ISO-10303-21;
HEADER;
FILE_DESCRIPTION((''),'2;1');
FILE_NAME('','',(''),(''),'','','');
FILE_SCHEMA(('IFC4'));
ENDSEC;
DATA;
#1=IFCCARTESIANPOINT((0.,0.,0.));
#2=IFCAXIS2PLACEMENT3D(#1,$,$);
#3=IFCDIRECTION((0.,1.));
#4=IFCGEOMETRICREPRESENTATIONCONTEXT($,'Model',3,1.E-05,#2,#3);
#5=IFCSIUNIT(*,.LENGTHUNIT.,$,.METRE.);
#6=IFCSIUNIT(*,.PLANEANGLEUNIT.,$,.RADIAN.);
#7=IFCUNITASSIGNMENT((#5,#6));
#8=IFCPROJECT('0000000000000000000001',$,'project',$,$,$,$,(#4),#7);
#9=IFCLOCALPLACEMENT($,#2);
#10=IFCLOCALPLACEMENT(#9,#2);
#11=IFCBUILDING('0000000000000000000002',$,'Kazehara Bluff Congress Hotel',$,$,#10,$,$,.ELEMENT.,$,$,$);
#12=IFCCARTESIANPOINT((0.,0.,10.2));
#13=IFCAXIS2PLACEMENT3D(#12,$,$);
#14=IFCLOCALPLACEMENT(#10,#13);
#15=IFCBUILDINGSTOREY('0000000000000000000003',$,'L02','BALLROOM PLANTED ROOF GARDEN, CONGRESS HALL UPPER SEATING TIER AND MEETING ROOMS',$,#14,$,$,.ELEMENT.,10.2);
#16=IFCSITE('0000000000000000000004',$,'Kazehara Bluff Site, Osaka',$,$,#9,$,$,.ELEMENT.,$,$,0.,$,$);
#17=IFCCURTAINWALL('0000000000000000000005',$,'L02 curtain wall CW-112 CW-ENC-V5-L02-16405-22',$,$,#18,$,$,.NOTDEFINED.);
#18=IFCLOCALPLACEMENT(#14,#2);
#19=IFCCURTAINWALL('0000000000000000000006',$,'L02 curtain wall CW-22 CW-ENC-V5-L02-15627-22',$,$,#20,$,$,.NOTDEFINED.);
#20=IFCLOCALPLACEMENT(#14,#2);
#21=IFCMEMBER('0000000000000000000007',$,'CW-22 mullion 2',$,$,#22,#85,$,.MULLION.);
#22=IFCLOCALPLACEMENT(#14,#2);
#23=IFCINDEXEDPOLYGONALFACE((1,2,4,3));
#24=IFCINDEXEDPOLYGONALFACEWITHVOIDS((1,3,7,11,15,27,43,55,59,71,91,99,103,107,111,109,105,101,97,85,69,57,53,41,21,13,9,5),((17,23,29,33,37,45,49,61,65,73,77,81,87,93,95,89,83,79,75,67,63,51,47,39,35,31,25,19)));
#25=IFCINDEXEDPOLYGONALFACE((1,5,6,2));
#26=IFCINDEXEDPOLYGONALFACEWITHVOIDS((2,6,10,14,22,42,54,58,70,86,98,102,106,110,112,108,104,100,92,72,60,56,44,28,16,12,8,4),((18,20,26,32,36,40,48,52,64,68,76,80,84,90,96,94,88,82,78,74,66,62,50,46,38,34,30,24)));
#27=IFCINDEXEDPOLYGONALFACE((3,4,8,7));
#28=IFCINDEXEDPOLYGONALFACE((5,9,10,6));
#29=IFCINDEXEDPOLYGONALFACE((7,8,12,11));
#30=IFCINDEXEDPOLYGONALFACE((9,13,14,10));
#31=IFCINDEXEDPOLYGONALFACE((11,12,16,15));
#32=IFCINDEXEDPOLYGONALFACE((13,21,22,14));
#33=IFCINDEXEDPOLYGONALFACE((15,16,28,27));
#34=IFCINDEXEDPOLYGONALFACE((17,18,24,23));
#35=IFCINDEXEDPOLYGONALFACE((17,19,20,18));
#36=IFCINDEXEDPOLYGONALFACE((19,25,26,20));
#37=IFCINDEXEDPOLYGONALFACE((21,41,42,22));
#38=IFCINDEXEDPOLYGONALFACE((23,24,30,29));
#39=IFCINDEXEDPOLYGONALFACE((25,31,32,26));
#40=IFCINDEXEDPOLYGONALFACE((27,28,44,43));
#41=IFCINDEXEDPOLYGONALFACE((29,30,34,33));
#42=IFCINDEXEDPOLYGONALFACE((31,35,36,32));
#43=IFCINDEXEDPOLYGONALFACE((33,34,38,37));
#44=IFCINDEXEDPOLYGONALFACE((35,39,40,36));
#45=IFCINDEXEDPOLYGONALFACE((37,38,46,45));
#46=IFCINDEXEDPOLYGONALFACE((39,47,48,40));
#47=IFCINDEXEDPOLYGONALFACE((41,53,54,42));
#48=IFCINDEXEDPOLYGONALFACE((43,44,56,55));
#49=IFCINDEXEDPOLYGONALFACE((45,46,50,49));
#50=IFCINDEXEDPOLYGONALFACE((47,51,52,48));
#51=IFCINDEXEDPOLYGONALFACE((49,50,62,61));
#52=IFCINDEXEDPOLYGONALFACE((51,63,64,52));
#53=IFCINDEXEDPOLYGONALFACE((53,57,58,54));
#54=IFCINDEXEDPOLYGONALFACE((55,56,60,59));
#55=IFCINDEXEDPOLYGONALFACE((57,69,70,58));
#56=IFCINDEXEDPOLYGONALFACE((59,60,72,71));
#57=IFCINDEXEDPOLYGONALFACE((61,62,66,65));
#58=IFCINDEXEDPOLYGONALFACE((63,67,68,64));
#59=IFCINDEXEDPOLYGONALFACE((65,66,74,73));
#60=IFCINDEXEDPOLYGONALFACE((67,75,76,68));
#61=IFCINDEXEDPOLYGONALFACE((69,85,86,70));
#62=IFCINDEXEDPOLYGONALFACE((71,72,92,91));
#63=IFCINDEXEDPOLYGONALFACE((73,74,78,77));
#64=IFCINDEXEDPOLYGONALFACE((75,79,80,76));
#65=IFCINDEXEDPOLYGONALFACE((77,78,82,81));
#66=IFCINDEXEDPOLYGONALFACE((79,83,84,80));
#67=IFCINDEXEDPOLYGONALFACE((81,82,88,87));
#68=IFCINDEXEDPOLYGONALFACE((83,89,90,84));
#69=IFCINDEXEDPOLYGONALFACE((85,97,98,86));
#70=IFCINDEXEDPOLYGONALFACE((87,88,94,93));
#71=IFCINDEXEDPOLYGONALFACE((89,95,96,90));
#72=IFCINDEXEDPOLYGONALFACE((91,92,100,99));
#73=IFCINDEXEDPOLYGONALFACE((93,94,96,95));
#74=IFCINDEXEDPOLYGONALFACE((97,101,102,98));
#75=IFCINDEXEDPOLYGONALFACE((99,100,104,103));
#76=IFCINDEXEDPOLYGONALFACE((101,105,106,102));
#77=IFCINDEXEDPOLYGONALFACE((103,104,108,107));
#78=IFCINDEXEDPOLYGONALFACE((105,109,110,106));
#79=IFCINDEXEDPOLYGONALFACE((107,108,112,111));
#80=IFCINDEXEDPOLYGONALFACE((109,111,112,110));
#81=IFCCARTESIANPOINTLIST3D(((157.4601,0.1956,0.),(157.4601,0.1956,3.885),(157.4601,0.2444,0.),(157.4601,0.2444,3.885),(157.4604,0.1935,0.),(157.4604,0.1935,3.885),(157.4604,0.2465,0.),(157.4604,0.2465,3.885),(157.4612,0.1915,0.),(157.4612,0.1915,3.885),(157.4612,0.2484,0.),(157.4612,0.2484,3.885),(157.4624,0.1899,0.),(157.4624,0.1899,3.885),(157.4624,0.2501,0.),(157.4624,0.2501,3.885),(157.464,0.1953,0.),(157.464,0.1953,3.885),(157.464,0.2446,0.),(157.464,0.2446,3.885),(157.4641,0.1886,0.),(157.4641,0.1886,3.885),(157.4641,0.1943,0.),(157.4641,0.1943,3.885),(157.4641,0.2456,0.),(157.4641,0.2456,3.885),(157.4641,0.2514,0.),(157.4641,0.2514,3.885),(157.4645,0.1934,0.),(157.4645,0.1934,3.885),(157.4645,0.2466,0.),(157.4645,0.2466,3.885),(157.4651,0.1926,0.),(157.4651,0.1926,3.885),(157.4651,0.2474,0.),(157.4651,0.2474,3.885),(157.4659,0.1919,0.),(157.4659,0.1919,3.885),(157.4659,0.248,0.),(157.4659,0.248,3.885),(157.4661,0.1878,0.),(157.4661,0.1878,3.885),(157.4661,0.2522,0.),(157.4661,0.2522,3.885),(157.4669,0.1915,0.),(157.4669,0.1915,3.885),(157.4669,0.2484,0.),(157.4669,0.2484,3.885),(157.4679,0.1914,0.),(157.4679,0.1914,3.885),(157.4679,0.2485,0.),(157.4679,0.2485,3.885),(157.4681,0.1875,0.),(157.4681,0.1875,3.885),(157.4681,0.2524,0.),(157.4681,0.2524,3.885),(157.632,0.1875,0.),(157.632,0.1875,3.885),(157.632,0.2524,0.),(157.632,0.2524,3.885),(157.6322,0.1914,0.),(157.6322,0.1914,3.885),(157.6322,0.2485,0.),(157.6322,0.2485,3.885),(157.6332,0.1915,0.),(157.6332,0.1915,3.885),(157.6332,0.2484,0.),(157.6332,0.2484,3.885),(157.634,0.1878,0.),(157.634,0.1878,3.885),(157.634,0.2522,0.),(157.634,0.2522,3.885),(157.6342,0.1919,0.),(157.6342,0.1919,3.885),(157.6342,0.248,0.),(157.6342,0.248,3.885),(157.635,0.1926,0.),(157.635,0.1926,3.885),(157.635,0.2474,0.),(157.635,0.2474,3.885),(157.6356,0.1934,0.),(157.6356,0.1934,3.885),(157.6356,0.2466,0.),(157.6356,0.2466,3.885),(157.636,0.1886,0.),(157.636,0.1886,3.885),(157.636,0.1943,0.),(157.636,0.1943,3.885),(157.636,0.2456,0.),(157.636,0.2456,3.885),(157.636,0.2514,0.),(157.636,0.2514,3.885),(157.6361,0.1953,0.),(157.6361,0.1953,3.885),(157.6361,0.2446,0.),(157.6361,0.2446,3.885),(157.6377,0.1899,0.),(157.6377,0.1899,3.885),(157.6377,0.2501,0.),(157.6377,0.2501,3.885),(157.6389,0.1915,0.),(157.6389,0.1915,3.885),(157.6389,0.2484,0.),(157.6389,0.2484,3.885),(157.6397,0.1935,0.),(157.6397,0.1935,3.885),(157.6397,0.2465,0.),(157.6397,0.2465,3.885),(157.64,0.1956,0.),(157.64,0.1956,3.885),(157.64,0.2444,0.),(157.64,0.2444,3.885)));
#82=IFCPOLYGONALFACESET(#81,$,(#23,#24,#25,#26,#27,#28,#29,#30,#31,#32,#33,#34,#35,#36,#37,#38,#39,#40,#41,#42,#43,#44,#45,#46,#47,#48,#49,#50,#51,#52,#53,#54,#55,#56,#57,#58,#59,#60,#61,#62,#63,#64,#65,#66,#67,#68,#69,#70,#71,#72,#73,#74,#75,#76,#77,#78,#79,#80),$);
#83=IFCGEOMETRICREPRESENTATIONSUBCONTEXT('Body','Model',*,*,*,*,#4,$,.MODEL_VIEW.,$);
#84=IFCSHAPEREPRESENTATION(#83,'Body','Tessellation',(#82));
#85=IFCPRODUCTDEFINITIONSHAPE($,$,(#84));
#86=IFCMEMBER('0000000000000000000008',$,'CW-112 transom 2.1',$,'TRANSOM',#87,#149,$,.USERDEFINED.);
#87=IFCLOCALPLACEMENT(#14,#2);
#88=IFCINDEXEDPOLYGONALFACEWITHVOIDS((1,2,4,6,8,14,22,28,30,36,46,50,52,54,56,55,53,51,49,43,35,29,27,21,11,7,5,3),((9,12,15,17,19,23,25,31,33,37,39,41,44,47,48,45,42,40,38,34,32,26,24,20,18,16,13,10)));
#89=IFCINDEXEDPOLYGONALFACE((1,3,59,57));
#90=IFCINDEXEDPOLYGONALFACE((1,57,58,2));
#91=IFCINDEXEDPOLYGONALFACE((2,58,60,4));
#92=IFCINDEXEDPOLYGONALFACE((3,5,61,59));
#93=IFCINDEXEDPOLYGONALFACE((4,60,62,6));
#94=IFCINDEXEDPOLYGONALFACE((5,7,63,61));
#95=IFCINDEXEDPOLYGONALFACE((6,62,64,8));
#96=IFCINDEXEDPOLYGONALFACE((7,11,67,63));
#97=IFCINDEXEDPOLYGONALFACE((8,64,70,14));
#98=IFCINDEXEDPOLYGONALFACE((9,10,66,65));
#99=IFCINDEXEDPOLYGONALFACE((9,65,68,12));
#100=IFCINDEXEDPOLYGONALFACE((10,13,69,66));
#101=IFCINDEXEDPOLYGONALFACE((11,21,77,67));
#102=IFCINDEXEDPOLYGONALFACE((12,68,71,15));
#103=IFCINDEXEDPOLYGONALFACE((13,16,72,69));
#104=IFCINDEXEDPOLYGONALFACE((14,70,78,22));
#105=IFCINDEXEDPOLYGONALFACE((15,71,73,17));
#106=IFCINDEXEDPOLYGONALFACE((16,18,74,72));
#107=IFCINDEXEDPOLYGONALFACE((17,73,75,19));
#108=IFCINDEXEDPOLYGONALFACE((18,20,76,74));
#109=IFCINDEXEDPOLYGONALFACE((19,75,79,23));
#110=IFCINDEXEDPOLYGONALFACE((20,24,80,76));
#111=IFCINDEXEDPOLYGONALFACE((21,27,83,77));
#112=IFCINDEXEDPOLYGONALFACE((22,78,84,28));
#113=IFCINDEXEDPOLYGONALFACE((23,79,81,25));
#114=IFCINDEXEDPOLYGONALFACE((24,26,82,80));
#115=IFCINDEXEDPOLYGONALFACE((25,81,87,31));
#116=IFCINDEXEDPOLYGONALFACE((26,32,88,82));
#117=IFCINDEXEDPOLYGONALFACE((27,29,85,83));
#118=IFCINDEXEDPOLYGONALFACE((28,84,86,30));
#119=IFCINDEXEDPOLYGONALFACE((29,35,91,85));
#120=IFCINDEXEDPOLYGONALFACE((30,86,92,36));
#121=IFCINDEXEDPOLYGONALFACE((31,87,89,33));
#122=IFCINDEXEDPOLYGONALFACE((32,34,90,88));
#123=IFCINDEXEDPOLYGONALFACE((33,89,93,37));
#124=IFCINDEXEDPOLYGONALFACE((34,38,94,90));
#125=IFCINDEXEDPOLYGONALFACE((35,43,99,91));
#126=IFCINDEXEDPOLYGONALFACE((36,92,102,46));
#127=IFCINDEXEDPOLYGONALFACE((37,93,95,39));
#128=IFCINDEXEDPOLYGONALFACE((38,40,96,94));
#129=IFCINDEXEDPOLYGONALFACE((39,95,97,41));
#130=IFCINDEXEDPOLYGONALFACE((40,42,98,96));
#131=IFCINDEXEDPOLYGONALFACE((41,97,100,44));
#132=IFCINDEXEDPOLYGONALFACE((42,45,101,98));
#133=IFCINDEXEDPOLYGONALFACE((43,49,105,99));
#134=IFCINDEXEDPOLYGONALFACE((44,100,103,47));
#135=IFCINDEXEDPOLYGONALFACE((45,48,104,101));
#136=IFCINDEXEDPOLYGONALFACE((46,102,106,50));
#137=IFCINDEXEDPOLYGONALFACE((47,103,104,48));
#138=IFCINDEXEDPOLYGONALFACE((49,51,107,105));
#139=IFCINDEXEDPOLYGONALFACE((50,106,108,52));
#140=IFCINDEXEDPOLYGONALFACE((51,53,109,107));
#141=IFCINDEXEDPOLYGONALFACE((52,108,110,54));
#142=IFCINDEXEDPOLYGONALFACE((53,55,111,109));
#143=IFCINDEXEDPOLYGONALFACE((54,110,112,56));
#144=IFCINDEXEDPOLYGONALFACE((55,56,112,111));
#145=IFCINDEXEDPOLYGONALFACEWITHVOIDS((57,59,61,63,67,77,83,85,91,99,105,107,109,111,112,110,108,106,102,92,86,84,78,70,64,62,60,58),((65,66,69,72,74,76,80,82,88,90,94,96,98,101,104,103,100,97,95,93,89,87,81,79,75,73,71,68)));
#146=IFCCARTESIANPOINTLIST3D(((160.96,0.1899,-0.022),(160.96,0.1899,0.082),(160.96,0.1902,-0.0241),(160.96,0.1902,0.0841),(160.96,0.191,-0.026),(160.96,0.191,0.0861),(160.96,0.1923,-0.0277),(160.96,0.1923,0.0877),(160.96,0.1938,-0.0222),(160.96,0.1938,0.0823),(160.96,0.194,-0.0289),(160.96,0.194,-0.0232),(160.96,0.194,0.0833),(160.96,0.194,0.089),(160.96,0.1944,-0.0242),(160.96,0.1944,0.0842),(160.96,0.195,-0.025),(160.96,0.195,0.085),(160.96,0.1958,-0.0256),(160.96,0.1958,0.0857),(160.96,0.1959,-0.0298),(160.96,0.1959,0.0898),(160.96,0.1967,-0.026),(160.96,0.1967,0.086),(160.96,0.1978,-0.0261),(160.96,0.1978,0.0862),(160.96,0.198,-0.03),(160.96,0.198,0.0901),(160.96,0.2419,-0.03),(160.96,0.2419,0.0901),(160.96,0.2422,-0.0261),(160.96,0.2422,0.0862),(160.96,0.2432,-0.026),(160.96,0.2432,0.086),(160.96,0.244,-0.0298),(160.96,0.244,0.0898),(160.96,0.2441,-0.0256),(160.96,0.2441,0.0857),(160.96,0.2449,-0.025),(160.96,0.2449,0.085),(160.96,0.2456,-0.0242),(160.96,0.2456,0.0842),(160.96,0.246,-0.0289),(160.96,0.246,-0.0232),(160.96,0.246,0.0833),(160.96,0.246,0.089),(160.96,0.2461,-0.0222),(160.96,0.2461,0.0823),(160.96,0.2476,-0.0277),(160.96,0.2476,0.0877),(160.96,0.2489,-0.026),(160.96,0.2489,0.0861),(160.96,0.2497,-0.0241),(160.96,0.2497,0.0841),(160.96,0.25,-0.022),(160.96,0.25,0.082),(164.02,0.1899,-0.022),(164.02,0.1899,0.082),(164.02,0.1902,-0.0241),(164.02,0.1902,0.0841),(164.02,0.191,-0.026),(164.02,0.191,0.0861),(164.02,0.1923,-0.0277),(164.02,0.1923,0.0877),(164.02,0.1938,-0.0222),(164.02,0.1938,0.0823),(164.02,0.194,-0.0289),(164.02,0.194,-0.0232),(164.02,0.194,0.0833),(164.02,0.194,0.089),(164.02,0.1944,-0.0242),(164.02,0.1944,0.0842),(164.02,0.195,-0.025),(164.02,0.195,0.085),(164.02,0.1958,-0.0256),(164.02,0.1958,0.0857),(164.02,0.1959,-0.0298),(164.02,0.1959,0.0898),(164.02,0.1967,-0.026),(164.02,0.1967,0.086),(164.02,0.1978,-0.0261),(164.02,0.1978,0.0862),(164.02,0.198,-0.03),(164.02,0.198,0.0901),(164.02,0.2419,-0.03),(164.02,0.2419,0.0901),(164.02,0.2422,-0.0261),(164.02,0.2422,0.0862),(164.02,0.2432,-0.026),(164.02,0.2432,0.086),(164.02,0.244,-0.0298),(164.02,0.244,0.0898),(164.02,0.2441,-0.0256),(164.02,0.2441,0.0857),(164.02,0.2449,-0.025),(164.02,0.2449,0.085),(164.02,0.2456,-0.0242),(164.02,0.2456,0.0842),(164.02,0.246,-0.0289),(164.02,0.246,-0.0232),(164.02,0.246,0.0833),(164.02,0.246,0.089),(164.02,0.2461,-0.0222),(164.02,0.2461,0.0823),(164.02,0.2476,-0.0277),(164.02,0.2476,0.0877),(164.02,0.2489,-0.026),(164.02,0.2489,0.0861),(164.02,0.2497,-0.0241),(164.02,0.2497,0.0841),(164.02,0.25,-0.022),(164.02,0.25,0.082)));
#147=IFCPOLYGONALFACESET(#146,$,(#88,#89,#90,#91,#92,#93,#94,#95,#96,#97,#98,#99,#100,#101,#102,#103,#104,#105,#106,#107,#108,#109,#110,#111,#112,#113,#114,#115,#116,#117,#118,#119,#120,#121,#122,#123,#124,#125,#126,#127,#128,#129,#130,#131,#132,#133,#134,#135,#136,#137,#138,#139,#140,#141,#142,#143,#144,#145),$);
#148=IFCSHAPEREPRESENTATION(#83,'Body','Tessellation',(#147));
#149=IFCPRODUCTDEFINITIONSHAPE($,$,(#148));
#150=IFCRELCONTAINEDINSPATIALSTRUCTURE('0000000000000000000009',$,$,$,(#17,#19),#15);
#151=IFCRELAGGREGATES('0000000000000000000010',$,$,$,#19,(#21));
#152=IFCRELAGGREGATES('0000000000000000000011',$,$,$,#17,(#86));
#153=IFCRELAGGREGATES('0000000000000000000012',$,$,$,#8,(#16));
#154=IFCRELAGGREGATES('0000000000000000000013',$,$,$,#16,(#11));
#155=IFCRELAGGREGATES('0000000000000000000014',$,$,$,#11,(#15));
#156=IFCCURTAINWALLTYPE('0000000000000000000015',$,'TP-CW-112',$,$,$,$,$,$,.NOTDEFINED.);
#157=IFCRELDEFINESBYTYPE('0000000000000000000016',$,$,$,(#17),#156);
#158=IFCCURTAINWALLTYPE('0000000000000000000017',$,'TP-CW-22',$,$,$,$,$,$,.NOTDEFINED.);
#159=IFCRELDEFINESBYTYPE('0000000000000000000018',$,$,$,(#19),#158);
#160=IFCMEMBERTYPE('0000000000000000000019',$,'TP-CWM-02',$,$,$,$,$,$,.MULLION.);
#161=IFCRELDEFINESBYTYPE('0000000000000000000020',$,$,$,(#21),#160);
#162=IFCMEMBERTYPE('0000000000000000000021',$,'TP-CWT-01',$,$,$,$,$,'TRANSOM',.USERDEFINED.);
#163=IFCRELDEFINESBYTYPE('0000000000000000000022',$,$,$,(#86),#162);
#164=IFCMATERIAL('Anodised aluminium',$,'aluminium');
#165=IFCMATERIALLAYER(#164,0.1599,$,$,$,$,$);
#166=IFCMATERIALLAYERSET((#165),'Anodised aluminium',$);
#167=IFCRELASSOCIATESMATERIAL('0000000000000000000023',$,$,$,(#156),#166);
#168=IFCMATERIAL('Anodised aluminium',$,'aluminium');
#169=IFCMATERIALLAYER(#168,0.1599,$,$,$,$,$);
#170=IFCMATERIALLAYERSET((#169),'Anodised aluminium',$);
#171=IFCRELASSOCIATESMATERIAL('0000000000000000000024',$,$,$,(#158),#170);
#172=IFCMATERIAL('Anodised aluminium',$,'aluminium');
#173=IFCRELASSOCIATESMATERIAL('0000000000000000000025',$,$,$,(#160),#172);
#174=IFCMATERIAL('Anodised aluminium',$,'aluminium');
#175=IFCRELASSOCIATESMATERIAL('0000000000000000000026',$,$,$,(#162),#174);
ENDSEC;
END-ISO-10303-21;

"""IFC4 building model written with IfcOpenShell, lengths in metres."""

from ifc_helpers import new_model, si_unit, direction, frame, origin, origin_2d, place, context, subcontext, project, spatial, hollow_rectangle, extrude, material, layer, layer_set, material_profile, profile_set, type_object, element, aggregate, save


model = new_model("IFC4")

# Units and contexts
model_context = context("Model", 3, precision=1e-05, world=origin(), true_north=direction((0.0, 1.0)))
body_context = subcontext(model_context, "Body", "Model", "MODEL_VIEW")
ifc_project = project(units=[si_unit("LENGTHUNIT", "METRE"), si_unit("PLANEANGLEUNIT", "RADIAN")], contexts=[model_context])

# Site, building, storey
site_placement = place(None, origin())
site = spatial("IfcSite", under=ifc_project, at=site_placement, Name="Kazehara Bluff Site, Osaka", CompositionType="ELEMENT", RefElevation=0.0)
building_placement = place(site_placement, origin())
building = spatial("IfcBuilding", under=site, at=building_placement, Name="Kazehara Bluff Congress Hotel", CompositionType="ELEMENT")
storey_placement = place(building_placement, frame((0.0, 0.0, 10.2)))
storey = spatial("IfcBuildingStorey", under=building, at=storey_placement, Name="L02", Description="BALLROOM PLANTED ROOF GARDEN, CONGRESS HALL UPPER SEATING TIER AND MEETING ROOMS", CompositionType="ELEMENT", Elevation=10.2)

# Curtain wall
ifc_material_1 = material(Name="Anodised aluminium", Category="aluminium")
ifc_layer_1 = layer(ifc_material_1, 0.1599)
ifc_layer_set_1 = layer_set([ifc_layer_1], Name="Anodised aluminium")
curtain_wall_type_1 = type_object("IfcCurtainWallType", Name="TP-CW-112", PredefinedType="NOTDEFINED", material=ifc_layer_set_1)
curtain_wall_1_placement = place(storey_placement, origin())
curtain_wall_1 = element("IfcCurtainWall", 1, at=curtain_wall_1_placement, inside=storey, type_object=curtain_wall_type_1, Name="L02 curtain wall CW-112 CW-ENC-V5-L02-16405-22", PredefinedType="NOTDEFINED")

# Curtain wall, member
ifc_material_2 = material(Name="Anodised aluminium", Category="aluminium")
ifc_layer_2 = layer(ifc_material_2, 0.1599)
ifc_layer_set_2 = layer_set([ifc_layer_2], Name="Anodised aluminium")
curtain_wall_type_2 = type_object("IfcCurtainWallType", Name="TP-CW-22", PredefinedType="NOTDEFINED", material=ifc_layer_set_2)
curtain_wall_2_placement = place(storey_placement, origin())
curtain_wall_2 = element("IfcCurtainWall", 2, at=curtain_wall_2_placement, inside=storey, type_object=curtain_wall_type_2, Name="L02 curtain wall CW-22 CW-ENC-V5-L02-15627-22", PredefinedType="NOTDEFINED")
ifc_material_3 = material(Name="Anodised aluminium", Category="aluminium")
ifc_material_profile_1 = material_profile(ifc_material_3, hollow_rectangle(XDim=0.0649, YDim=0.1799, WallThickness=0.0039, InnerFilletRadius=0.0039, OuterFilletRadius=0.0081, at=origin_2d()))
ifc_profile_set_1 = profile_set([ifc_material_profile_1], Name="Anodised aluminium")
member_type_1 = type_object("IfcMemberType", Name="TP-CWM-02", PredefinedType="MULLION", material=ifc_profile_set_1)
member_1_placement = place(storey_placement, frame((157.55, 0.22, 0.0), z_axis=(0.0, 0.0, 1.0), x_axis=(0.0, -1.0, 0.0)))
member_1 = element("IfcMember", 3, at=member_1_placement, type_object=member_type_1, Name="CW-22 mullion 2", PredefinedType="MULLION", context=body_context, shape_type="SweptSolid", body=[
    extrude(hollow_rectangle(XDim=0.0649, YDim=0.1799, WallThickness=0.0039, InnerFilletRadius=0.0039, OuterFilletRadius=0.0081, at=origin_2d()), origin(), (0.0, 0.0, 1.0), 3.885),
])

# Member
ifc_material_4 = material(Name="Anodised aluminium", Category="aluminium")
ifc_material_profile_2 = material_profile(ifc_material_4, hollow_rectangle(XDim=0.0601, YDim=0.1201, WallThickness=0.0039, InnerFilletRadius=0.0039, OuterFilletRadius=0.0081, at=origin_2d()))
ifc_profile_set_2 = profile_set([ifc_material_profile_2], Name="Anodised aluminium")
member_type_2 = type_object("IfcMemberType", Name="TP-CWT-01", ElementType="TRANSOM", PredefinedType="USERDEFINED", material=ifc_profile_set_2)
member_2_placement = place(storey_placement, frame((164.02, 0.22, 0.03), z_axis=(-1.0, 0.0, 0.0), x_axis=(0.0, -1.0, 0.0)))
member_2 = element("IfcMember", 4, at=member_2_placement, type_object=member_type_2, Name="CW-112 transom 2.1", ObjectType="TRANSOM", PredefinedType="USERDEFINED", context=body_context, shape_type="SweptSolid", body=[
    extrude(hollow_rectangle(XDim=0.0601, YDim=0.1201, WallThickness=0.0039, InnerFilletRadius=0.0039, OuterFilletRadius=0.0081, at=origin_2d()), origin(), (0.0, 0.0, 1.0), 3.0601),
])

aggregate(curtain_wall_2, [member_1])
aggregate(curtain_wall_1, [member_2])

save(model, "model.ifc")
